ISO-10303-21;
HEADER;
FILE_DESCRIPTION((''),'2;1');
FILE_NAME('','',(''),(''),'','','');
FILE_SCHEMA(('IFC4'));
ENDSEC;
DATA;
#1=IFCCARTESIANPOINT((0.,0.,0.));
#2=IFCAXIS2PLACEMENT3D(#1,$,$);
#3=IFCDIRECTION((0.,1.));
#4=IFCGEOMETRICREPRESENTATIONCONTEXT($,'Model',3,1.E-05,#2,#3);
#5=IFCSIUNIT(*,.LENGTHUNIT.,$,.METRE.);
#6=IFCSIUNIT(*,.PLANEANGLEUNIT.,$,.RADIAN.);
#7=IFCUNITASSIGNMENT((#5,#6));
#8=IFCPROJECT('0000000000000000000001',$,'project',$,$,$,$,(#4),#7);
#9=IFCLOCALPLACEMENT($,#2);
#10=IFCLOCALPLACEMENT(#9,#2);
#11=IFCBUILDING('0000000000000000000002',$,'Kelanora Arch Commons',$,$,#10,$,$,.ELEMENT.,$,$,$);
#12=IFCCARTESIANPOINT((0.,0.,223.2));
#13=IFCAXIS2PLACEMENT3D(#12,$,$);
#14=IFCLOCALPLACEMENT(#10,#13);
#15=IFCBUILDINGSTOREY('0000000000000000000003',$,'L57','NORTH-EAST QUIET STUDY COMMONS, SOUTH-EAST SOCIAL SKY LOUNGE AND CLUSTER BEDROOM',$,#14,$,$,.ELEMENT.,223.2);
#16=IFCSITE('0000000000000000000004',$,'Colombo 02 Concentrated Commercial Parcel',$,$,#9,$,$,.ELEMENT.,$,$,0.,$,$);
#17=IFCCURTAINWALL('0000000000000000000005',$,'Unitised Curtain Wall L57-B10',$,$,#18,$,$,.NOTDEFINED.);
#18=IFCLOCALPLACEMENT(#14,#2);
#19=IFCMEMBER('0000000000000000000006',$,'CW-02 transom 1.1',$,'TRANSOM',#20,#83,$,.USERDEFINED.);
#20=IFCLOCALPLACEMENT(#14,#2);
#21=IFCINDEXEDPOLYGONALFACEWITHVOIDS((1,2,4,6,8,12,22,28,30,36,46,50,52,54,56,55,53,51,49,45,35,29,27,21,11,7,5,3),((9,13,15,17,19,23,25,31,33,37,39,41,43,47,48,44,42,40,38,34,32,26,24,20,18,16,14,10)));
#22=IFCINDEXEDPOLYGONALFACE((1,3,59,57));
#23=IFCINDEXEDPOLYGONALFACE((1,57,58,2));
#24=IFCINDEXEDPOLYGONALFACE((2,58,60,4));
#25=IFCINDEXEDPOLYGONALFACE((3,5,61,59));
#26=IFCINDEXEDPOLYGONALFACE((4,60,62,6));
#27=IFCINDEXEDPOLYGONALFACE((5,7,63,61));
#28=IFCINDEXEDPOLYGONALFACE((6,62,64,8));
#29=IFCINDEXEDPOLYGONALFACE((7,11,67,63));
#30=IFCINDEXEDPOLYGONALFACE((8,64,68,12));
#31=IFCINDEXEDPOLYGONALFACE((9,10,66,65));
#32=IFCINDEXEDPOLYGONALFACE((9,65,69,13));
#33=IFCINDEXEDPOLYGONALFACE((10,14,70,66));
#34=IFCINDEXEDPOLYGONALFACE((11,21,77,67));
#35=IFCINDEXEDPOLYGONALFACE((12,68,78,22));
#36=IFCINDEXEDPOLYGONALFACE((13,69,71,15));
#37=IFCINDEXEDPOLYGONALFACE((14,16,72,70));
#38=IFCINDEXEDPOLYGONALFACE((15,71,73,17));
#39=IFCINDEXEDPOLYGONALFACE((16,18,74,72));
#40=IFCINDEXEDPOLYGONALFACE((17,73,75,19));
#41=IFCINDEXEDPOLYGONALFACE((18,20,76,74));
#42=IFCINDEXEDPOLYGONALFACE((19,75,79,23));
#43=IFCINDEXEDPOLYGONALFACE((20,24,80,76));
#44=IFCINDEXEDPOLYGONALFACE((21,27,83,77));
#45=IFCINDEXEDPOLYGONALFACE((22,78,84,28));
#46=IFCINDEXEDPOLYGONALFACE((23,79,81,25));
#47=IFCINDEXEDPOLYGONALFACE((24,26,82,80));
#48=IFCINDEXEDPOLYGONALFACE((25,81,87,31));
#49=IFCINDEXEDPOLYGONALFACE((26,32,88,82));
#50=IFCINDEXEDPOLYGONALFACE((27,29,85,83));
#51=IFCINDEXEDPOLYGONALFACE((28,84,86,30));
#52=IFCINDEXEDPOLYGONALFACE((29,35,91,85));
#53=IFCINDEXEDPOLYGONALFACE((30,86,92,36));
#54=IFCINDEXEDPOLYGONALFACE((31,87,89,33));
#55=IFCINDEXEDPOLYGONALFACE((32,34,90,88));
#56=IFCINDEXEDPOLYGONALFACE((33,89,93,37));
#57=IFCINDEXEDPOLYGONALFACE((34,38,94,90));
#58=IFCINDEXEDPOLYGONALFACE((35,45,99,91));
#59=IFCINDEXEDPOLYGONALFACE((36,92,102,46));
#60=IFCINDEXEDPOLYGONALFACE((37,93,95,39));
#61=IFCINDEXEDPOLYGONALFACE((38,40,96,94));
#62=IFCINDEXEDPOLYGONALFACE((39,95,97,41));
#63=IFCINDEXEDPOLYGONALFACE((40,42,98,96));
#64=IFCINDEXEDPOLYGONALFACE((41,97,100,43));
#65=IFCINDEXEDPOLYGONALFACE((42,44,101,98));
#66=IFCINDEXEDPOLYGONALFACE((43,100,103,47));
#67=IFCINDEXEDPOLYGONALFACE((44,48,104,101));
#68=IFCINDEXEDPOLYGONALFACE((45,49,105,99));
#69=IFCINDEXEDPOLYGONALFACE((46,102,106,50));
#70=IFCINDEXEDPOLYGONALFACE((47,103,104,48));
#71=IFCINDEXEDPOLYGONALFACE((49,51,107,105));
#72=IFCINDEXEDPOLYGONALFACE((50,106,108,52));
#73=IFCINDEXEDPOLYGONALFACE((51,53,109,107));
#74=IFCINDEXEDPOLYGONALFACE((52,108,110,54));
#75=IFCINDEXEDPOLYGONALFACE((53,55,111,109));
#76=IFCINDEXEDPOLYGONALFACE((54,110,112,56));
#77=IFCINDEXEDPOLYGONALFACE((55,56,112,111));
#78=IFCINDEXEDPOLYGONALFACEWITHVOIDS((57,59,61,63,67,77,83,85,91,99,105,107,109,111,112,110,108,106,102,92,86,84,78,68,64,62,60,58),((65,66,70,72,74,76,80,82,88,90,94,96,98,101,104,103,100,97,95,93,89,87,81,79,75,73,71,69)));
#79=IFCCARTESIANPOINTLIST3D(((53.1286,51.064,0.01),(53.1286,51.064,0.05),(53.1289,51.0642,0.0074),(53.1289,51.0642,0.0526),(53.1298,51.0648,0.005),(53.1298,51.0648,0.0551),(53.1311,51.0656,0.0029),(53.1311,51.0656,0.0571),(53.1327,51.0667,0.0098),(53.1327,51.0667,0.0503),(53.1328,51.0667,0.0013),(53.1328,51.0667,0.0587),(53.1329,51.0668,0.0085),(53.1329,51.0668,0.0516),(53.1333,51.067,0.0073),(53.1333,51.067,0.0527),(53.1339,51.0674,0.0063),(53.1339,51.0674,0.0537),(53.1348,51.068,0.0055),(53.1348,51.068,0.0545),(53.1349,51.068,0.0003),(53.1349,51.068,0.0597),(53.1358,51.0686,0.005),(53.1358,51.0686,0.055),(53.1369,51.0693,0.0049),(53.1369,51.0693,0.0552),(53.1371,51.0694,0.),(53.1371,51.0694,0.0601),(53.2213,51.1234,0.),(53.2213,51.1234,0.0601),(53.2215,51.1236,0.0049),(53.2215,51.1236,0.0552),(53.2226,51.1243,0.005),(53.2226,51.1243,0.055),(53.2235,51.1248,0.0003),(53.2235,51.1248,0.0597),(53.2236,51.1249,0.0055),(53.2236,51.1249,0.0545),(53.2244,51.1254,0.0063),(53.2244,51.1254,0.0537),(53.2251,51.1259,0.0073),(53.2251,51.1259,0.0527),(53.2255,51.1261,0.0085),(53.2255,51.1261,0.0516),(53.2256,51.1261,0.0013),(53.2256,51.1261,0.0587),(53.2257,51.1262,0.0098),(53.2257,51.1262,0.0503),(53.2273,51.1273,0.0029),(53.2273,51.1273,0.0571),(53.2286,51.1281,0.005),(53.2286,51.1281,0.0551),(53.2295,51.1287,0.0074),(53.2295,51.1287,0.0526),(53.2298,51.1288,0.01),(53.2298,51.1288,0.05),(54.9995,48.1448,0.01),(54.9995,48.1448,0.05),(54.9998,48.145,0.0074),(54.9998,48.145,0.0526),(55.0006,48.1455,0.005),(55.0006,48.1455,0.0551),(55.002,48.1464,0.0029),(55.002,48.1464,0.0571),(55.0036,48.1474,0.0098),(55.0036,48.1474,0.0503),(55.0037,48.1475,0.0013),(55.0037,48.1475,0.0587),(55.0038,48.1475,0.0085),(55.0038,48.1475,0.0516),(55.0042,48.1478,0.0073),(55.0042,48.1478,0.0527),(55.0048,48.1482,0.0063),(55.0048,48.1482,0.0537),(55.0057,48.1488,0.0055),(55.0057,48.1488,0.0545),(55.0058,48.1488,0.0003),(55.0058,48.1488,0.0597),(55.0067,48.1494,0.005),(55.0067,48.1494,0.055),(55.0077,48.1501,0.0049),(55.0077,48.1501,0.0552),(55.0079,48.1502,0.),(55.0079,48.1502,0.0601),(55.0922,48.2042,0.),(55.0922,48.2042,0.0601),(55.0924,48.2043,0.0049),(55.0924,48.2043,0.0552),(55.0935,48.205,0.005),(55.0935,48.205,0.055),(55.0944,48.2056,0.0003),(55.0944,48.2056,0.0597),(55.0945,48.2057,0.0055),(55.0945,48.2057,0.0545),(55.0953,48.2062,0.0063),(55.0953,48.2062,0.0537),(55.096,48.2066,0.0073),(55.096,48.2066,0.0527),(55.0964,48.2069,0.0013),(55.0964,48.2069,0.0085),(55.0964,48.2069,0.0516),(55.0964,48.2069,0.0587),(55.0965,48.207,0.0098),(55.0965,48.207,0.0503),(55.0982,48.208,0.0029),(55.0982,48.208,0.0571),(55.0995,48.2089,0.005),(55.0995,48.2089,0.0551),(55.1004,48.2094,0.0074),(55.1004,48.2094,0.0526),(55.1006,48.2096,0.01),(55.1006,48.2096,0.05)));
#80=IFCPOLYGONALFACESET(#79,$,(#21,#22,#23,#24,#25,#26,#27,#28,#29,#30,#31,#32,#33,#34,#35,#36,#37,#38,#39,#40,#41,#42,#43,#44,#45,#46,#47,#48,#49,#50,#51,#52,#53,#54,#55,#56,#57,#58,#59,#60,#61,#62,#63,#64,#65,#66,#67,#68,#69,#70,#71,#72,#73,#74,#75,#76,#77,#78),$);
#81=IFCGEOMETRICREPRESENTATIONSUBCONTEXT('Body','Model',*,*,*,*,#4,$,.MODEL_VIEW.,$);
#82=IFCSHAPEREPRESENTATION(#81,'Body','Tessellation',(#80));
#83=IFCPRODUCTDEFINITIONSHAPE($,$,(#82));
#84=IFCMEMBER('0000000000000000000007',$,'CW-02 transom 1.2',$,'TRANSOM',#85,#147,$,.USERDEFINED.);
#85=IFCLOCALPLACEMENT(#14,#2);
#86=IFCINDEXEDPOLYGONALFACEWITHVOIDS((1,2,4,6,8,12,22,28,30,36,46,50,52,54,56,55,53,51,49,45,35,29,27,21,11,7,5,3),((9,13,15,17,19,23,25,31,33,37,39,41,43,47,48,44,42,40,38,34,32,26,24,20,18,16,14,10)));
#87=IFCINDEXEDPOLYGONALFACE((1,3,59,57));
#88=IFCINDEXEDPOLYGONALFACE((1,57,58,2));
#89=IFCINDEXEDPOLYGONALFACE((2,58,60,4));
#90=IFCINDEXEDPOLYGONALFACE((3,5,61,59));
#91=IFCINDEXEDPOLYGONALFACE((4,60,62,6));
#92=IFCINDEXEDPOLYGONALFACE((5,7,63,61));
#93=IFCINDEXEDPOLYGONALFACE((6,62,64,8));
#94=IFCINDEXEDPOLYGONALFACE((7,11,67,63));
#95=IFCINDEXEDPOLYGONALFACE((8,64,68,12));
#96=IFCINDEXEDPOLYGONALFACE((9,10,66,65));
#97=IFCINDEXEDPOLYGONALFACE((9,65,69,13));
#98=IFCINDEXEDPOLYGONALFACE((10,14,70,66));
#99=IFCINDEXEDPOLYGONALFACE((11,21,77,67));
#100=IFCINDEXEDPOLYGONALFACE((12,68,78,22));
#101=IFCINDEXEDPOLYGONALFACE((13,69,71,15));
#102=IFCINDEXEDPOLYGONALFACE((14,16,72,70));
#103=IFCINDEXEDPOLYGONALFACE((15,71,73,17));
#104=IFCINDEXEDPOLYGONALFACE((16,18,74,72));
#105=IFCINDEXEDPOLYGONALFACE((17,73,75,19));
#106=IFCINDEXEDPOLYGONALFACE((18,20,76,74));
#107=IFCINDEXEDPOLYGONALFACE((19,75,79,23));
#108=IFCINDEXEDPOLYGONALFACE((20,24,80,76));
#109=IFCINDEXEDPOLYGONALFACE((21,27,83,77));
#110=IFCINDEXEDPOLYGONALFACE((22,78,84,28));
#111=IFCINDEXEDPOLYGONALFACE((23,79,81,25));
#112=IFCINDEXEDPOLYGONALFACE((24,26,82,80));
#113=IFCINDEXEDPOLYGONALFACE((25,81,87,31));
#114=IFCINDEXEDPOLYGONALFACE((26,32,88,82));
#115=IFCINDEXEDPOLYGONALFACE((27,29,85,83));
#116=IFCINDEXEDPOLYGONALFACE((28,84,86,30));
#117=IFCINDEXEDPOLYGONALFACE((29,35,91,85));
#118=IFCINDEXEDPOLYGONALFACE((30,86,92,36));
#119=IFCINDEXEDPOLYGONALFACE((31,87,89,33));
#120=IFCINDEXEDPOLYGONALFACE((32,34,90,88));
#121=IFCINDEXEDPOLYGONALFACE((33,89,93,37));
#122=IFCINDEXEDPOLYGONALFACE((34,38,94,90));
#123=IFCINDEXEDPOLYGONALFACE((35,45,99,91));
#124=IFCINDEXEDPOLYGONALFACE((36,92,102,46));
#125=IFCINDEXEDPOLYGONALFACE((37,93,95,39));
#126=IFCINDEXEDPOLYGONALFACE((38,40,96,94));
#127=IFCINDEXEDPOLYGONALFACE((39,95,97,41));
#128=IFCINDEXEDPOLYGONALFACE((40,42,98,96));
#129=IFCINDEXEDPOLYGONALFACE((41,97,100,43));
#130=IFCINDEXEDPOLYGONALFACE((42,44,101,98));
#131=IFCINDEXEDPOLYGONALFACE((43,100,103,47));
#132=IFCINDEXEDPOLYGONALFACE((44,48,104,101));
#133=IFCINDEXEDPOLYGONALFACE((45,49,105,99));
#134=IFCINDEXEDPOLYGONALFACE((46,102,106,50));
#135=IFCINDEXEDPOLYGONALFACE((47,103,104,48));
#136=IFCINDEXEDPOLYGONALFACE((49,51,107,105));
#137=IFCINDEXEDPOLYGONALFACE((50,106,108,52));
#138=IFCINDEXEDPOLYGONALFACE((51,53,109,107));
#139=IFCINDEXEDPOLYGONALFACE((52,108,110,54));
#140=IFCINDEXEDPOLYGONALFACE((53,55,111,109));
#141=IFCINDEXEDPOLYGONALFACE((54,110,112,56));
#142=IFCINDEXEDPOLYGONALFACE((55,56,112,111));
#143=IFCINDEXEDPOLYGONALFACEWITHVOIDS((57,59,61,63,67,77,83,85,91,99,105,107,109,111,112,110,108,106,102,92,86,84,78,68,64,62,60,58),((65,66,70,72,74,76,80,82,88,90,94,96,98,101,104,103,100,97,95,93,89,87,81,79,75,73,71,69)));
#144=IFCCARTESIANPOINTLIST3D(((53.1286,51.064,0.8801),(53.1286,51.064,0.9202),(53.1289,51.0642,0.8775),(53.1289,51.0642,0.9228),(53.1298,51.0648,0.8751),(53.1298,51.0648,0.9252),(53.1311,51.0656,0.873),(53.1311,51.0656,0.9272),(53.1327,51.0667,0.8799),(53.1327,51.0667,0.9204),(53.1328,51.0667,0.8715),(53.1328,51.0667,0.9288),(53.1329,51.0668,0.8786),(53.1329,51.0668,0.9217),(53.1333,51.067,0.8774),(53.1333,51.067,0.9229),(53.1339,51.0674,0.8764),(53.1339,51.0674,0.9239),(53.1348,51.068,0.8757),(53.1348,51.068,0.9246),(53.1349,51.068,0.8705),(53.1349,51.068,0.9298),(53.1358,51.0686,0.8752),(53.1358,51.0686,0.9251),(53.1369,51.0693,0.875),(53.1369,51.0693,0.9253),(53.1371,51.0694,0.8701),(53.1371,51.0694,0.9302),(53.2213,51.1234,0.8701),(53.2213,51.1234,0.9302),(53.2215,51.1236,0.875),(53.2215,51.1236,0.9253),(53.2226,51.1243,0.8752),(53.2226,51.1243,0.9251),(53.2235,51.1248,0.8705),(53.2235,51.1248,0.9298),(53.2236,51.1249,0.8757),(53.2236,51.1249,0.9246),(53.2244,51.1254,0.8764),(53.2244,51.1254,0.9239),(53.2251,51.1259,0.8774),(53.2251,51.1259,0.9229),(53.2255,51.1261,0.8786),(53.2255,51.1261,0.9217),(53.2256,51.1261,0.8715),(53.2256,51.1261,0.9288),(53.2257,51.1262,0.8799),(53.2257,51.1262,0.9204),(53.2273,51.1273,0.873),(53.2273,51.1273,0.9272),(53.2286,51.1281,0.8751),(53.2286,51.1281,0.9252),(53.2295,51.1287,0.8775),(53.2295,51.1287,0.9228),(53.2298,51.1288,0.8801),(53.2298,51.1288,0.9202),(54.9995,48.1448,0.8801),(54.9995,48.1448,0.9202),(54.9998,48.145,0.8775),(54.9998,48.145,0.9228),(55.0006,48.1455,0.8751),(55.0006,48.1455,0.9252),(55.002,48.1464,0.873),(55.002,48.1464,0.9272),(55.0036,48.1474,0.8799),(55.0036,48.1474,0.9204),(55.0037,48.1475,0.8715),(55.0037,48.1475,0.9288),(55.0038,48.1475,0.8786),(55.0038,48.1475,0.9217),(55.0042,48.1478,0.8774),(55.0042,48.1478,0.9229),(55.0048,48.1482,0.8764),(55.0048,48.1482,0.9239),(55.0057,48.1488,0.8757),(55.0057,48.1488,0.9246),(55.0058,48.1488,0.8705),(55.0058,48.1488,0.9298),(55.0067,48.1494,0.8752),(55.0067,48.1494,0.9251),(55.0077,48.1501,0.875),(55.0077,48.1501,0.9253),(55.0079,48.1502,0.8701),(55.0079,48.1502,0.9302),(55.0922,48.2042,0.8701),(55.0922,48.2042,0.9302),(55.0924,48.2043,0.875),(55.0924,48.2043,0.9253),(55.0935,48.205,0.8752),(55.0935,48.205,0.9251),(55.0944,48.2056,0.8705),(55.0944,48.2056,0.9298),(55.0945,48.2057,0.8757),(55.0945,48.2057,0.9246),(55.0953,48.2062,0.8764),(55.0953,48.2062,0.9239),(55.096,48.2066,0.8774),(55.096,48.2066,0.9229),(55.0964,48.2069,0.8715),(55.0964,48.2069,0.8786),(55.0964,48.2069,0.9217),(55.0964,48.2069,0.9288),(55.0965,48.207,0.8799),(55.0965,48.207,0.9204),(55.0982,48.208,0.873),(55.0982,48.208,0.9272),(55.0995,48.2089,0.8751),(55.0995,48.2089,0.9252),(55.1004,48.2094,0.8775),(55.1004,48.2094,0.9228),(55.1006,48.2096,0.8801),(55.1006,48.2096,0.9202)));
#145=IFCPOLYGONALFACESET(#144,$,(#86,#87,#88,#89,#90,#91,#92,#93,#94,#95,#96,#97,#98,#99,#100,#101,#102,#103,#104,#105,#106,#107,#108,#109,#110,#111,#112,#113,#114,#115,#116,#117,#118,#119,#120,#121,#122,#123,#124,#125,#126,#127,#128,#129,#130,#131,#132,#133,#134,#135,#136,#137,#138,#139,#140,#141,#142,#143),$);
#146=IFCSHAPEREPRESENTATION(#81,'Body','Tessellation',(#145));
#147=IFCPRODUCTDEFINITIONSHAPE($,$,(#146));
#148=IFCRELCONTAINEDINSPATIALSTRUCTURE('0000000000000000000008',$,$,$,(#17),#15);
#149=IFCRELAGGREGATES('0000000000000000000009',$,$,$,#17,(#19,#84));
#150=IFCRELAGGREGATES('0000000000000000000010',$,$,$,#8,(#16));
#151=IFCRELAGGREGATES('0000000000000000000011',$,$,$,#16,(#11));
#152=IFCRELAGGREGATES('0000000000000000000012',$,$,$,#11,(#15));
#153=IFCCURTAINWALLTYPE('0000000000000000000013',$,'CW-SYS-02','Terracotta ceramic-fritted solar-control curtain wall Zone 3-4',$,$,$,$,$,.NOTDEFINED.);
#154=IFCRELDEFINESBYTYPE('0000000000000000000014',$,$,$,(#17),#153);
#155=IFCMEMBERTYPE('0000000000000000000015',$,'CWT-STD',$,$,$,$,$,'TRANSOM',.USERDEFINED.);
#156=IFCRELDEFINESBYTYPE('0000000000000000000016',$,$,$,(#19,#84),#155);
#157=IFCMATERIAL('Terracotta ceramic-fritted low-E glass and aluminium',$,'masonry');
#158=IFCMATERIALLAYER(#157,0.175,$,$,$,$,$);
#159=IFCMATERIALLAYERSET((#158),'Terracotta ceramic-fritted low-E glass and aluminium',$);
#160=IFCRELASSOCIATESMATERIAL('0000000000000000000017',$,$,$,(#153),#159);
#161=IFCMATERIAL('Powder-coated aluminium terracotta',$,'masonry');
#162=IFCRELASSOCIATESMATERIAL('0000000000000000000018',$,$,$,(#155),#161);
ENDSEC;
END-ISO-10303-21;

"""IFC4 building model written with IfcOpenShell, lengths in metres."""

from ifc_helpers import new_model, si_unit, direction, frame, origin, origin_2d, place, context, subcontext, project, spatial, hollow_rectangle, extrude, material, layer, layer_set, material_profile, profile_set, type_object, element, aggregate, save


model = new_model("IFC4")

# Units and contexts
model_context = context("Model", 3, precision=1e-05, world=origin(), true_north=direction((0.0, 1.0)))
body_context = subcontext(model_context, "Body", "Model", "MODEL_VIEW")
ifc_project = project(units=[si_unit("LENGTHUNIT", "METRE"), si_unit("PLANEANGLEUNIT", "RADIAN")], contexts=[model_context])

# Site, building, storey
site_placement = place(None, origin())
site = spatial("IfcSite", under=ifc_project, at=site_placement, Name="Colombo 02 Concentrated Commercial Parcel", CompositionType="ELEMENT", RefElevation=0.0)
building_placement = place(site_placement, origin())
building = spatial("IfcBuilding", under=site, at=building_placement, Name="Kelanora Arch Commons", CompositionType="ELEMENT")
storey_placement = place(building_placement, frame((0.0, 0.0, 223.2)))
storey = spatial("IfcBuildingStorey", under=building, at=storey_placement, Name="L57", Description="NORTH-EAST QUIET STUDY COMMONS, SOUTH-EAST SOCIAL SKY LOUNGE AND CLUSTER BEDROOM", CompositionType="ELEMENT", Elevation=223.2)

# Shared definitions
ifc_material_1 = material(Name="Terracotta ceramic-fritted low-E glass and aluminium", Category="masonry")
ifc_layer_1 = layer(ifc_material_1, 0.175)
ifc_layer_set_1 = layer_set([ifc_layer_1], Name="Terracotta ceramic-fritted low-E glass and aluminium")
curtain_wall_type = type_object("IfcCurtainWallType", Name="CW-SYS-02", Description="Terracotta ceramic-fritted solar-control curtain wall Zone 3-4", PredefinedType="NOTDEFINED", material=ifc_layer_set_1)
ifc_material_2 = material(Name="Powder-coated aluminium terracotta", Category="masonry")

# Curtain wall, members
curtain_wall_1_placement = place(storey_placement, origin())
curtain_wall_1 = element("IfcCurtainWall", 1, at=curtain_wall_1_placement, inside=storey, type_object=curtain_wall_type, Name="Unitised Curtain Wall L57-B10", PredefinedType="NOTDEFINED")
ifc_material_profile_1 = material_profile(ifc_material_2, hollow_rectangle(XDim=0.1201, YDim=0.0601, WallThickness=0.0049, InnerFilletRadius=0.0049, OuterFilletRadius=0.01, at=origin_2d()), Name="CWT120x60")
ifc_profile_set_1 = profile_set([ifc_material_profile_1], Name="Powder-coated aluminium terracotta")
member_type_1 = type_object("IfcMemberType", Name="CWT-STD", ElementType="TRANSOM", PredefinedType="USERDEFINED", material=ifc_profile_set_1)
member_1_placement = place(storey_placement, frame((53.1792, 51.0964, 0.03), z_axis=(0.539579, -0.841935, 0.0), x_axis=(0.841935, 0.539579, 0.0)))
member_1 = element("IfcMember", 2, at=member_1_placement, type_object=member_type_1, Name="CW-02 transom 1.1", ObjectType="TRANSOM", PredefinedType="USERDEFINED", context=body_context, shape_type="SweptSolid", body=[
    extrude(hollow_rectangle(XDim=0.1201, YDim=0.0601, WallThickness=0.0049, InnerFilletRadius=0.0049, OuterFilletRadius=0.01, at=origin_2d()), origin(), (0.0, 0.0, 1.0), 3.4673),
])
member_2_placement = place(storey_placement, frame((53.1792, 51.0964, 0.9001), z_axis=(0.539579, -0.841935, 0.0), x_axis=(0.841935, 0.539579, 0.0)))
member_2 = element("IfcMember", 3, at=member_2_placement, type_object=member_type_1, Name="CW-02 transom 1.2", ObjectType="TRANSOM", PredefinedType="USERDEFINED", context=body_context, shape_type="SweptSolid", body=[
    extrude(hollow_rectangle(XDim=0.1201, YDim=0.0601, WallThickness=0.0049, InnerFilletRadius=0.0049, OuterFilletRadius=0.01, at=origin_2d()), origin(), (0.0, 0.0, 1.0), 3.4673),
])
aggregate(curtain_wall_1, [member_1, member_2])

save(model, "model.ifc")
